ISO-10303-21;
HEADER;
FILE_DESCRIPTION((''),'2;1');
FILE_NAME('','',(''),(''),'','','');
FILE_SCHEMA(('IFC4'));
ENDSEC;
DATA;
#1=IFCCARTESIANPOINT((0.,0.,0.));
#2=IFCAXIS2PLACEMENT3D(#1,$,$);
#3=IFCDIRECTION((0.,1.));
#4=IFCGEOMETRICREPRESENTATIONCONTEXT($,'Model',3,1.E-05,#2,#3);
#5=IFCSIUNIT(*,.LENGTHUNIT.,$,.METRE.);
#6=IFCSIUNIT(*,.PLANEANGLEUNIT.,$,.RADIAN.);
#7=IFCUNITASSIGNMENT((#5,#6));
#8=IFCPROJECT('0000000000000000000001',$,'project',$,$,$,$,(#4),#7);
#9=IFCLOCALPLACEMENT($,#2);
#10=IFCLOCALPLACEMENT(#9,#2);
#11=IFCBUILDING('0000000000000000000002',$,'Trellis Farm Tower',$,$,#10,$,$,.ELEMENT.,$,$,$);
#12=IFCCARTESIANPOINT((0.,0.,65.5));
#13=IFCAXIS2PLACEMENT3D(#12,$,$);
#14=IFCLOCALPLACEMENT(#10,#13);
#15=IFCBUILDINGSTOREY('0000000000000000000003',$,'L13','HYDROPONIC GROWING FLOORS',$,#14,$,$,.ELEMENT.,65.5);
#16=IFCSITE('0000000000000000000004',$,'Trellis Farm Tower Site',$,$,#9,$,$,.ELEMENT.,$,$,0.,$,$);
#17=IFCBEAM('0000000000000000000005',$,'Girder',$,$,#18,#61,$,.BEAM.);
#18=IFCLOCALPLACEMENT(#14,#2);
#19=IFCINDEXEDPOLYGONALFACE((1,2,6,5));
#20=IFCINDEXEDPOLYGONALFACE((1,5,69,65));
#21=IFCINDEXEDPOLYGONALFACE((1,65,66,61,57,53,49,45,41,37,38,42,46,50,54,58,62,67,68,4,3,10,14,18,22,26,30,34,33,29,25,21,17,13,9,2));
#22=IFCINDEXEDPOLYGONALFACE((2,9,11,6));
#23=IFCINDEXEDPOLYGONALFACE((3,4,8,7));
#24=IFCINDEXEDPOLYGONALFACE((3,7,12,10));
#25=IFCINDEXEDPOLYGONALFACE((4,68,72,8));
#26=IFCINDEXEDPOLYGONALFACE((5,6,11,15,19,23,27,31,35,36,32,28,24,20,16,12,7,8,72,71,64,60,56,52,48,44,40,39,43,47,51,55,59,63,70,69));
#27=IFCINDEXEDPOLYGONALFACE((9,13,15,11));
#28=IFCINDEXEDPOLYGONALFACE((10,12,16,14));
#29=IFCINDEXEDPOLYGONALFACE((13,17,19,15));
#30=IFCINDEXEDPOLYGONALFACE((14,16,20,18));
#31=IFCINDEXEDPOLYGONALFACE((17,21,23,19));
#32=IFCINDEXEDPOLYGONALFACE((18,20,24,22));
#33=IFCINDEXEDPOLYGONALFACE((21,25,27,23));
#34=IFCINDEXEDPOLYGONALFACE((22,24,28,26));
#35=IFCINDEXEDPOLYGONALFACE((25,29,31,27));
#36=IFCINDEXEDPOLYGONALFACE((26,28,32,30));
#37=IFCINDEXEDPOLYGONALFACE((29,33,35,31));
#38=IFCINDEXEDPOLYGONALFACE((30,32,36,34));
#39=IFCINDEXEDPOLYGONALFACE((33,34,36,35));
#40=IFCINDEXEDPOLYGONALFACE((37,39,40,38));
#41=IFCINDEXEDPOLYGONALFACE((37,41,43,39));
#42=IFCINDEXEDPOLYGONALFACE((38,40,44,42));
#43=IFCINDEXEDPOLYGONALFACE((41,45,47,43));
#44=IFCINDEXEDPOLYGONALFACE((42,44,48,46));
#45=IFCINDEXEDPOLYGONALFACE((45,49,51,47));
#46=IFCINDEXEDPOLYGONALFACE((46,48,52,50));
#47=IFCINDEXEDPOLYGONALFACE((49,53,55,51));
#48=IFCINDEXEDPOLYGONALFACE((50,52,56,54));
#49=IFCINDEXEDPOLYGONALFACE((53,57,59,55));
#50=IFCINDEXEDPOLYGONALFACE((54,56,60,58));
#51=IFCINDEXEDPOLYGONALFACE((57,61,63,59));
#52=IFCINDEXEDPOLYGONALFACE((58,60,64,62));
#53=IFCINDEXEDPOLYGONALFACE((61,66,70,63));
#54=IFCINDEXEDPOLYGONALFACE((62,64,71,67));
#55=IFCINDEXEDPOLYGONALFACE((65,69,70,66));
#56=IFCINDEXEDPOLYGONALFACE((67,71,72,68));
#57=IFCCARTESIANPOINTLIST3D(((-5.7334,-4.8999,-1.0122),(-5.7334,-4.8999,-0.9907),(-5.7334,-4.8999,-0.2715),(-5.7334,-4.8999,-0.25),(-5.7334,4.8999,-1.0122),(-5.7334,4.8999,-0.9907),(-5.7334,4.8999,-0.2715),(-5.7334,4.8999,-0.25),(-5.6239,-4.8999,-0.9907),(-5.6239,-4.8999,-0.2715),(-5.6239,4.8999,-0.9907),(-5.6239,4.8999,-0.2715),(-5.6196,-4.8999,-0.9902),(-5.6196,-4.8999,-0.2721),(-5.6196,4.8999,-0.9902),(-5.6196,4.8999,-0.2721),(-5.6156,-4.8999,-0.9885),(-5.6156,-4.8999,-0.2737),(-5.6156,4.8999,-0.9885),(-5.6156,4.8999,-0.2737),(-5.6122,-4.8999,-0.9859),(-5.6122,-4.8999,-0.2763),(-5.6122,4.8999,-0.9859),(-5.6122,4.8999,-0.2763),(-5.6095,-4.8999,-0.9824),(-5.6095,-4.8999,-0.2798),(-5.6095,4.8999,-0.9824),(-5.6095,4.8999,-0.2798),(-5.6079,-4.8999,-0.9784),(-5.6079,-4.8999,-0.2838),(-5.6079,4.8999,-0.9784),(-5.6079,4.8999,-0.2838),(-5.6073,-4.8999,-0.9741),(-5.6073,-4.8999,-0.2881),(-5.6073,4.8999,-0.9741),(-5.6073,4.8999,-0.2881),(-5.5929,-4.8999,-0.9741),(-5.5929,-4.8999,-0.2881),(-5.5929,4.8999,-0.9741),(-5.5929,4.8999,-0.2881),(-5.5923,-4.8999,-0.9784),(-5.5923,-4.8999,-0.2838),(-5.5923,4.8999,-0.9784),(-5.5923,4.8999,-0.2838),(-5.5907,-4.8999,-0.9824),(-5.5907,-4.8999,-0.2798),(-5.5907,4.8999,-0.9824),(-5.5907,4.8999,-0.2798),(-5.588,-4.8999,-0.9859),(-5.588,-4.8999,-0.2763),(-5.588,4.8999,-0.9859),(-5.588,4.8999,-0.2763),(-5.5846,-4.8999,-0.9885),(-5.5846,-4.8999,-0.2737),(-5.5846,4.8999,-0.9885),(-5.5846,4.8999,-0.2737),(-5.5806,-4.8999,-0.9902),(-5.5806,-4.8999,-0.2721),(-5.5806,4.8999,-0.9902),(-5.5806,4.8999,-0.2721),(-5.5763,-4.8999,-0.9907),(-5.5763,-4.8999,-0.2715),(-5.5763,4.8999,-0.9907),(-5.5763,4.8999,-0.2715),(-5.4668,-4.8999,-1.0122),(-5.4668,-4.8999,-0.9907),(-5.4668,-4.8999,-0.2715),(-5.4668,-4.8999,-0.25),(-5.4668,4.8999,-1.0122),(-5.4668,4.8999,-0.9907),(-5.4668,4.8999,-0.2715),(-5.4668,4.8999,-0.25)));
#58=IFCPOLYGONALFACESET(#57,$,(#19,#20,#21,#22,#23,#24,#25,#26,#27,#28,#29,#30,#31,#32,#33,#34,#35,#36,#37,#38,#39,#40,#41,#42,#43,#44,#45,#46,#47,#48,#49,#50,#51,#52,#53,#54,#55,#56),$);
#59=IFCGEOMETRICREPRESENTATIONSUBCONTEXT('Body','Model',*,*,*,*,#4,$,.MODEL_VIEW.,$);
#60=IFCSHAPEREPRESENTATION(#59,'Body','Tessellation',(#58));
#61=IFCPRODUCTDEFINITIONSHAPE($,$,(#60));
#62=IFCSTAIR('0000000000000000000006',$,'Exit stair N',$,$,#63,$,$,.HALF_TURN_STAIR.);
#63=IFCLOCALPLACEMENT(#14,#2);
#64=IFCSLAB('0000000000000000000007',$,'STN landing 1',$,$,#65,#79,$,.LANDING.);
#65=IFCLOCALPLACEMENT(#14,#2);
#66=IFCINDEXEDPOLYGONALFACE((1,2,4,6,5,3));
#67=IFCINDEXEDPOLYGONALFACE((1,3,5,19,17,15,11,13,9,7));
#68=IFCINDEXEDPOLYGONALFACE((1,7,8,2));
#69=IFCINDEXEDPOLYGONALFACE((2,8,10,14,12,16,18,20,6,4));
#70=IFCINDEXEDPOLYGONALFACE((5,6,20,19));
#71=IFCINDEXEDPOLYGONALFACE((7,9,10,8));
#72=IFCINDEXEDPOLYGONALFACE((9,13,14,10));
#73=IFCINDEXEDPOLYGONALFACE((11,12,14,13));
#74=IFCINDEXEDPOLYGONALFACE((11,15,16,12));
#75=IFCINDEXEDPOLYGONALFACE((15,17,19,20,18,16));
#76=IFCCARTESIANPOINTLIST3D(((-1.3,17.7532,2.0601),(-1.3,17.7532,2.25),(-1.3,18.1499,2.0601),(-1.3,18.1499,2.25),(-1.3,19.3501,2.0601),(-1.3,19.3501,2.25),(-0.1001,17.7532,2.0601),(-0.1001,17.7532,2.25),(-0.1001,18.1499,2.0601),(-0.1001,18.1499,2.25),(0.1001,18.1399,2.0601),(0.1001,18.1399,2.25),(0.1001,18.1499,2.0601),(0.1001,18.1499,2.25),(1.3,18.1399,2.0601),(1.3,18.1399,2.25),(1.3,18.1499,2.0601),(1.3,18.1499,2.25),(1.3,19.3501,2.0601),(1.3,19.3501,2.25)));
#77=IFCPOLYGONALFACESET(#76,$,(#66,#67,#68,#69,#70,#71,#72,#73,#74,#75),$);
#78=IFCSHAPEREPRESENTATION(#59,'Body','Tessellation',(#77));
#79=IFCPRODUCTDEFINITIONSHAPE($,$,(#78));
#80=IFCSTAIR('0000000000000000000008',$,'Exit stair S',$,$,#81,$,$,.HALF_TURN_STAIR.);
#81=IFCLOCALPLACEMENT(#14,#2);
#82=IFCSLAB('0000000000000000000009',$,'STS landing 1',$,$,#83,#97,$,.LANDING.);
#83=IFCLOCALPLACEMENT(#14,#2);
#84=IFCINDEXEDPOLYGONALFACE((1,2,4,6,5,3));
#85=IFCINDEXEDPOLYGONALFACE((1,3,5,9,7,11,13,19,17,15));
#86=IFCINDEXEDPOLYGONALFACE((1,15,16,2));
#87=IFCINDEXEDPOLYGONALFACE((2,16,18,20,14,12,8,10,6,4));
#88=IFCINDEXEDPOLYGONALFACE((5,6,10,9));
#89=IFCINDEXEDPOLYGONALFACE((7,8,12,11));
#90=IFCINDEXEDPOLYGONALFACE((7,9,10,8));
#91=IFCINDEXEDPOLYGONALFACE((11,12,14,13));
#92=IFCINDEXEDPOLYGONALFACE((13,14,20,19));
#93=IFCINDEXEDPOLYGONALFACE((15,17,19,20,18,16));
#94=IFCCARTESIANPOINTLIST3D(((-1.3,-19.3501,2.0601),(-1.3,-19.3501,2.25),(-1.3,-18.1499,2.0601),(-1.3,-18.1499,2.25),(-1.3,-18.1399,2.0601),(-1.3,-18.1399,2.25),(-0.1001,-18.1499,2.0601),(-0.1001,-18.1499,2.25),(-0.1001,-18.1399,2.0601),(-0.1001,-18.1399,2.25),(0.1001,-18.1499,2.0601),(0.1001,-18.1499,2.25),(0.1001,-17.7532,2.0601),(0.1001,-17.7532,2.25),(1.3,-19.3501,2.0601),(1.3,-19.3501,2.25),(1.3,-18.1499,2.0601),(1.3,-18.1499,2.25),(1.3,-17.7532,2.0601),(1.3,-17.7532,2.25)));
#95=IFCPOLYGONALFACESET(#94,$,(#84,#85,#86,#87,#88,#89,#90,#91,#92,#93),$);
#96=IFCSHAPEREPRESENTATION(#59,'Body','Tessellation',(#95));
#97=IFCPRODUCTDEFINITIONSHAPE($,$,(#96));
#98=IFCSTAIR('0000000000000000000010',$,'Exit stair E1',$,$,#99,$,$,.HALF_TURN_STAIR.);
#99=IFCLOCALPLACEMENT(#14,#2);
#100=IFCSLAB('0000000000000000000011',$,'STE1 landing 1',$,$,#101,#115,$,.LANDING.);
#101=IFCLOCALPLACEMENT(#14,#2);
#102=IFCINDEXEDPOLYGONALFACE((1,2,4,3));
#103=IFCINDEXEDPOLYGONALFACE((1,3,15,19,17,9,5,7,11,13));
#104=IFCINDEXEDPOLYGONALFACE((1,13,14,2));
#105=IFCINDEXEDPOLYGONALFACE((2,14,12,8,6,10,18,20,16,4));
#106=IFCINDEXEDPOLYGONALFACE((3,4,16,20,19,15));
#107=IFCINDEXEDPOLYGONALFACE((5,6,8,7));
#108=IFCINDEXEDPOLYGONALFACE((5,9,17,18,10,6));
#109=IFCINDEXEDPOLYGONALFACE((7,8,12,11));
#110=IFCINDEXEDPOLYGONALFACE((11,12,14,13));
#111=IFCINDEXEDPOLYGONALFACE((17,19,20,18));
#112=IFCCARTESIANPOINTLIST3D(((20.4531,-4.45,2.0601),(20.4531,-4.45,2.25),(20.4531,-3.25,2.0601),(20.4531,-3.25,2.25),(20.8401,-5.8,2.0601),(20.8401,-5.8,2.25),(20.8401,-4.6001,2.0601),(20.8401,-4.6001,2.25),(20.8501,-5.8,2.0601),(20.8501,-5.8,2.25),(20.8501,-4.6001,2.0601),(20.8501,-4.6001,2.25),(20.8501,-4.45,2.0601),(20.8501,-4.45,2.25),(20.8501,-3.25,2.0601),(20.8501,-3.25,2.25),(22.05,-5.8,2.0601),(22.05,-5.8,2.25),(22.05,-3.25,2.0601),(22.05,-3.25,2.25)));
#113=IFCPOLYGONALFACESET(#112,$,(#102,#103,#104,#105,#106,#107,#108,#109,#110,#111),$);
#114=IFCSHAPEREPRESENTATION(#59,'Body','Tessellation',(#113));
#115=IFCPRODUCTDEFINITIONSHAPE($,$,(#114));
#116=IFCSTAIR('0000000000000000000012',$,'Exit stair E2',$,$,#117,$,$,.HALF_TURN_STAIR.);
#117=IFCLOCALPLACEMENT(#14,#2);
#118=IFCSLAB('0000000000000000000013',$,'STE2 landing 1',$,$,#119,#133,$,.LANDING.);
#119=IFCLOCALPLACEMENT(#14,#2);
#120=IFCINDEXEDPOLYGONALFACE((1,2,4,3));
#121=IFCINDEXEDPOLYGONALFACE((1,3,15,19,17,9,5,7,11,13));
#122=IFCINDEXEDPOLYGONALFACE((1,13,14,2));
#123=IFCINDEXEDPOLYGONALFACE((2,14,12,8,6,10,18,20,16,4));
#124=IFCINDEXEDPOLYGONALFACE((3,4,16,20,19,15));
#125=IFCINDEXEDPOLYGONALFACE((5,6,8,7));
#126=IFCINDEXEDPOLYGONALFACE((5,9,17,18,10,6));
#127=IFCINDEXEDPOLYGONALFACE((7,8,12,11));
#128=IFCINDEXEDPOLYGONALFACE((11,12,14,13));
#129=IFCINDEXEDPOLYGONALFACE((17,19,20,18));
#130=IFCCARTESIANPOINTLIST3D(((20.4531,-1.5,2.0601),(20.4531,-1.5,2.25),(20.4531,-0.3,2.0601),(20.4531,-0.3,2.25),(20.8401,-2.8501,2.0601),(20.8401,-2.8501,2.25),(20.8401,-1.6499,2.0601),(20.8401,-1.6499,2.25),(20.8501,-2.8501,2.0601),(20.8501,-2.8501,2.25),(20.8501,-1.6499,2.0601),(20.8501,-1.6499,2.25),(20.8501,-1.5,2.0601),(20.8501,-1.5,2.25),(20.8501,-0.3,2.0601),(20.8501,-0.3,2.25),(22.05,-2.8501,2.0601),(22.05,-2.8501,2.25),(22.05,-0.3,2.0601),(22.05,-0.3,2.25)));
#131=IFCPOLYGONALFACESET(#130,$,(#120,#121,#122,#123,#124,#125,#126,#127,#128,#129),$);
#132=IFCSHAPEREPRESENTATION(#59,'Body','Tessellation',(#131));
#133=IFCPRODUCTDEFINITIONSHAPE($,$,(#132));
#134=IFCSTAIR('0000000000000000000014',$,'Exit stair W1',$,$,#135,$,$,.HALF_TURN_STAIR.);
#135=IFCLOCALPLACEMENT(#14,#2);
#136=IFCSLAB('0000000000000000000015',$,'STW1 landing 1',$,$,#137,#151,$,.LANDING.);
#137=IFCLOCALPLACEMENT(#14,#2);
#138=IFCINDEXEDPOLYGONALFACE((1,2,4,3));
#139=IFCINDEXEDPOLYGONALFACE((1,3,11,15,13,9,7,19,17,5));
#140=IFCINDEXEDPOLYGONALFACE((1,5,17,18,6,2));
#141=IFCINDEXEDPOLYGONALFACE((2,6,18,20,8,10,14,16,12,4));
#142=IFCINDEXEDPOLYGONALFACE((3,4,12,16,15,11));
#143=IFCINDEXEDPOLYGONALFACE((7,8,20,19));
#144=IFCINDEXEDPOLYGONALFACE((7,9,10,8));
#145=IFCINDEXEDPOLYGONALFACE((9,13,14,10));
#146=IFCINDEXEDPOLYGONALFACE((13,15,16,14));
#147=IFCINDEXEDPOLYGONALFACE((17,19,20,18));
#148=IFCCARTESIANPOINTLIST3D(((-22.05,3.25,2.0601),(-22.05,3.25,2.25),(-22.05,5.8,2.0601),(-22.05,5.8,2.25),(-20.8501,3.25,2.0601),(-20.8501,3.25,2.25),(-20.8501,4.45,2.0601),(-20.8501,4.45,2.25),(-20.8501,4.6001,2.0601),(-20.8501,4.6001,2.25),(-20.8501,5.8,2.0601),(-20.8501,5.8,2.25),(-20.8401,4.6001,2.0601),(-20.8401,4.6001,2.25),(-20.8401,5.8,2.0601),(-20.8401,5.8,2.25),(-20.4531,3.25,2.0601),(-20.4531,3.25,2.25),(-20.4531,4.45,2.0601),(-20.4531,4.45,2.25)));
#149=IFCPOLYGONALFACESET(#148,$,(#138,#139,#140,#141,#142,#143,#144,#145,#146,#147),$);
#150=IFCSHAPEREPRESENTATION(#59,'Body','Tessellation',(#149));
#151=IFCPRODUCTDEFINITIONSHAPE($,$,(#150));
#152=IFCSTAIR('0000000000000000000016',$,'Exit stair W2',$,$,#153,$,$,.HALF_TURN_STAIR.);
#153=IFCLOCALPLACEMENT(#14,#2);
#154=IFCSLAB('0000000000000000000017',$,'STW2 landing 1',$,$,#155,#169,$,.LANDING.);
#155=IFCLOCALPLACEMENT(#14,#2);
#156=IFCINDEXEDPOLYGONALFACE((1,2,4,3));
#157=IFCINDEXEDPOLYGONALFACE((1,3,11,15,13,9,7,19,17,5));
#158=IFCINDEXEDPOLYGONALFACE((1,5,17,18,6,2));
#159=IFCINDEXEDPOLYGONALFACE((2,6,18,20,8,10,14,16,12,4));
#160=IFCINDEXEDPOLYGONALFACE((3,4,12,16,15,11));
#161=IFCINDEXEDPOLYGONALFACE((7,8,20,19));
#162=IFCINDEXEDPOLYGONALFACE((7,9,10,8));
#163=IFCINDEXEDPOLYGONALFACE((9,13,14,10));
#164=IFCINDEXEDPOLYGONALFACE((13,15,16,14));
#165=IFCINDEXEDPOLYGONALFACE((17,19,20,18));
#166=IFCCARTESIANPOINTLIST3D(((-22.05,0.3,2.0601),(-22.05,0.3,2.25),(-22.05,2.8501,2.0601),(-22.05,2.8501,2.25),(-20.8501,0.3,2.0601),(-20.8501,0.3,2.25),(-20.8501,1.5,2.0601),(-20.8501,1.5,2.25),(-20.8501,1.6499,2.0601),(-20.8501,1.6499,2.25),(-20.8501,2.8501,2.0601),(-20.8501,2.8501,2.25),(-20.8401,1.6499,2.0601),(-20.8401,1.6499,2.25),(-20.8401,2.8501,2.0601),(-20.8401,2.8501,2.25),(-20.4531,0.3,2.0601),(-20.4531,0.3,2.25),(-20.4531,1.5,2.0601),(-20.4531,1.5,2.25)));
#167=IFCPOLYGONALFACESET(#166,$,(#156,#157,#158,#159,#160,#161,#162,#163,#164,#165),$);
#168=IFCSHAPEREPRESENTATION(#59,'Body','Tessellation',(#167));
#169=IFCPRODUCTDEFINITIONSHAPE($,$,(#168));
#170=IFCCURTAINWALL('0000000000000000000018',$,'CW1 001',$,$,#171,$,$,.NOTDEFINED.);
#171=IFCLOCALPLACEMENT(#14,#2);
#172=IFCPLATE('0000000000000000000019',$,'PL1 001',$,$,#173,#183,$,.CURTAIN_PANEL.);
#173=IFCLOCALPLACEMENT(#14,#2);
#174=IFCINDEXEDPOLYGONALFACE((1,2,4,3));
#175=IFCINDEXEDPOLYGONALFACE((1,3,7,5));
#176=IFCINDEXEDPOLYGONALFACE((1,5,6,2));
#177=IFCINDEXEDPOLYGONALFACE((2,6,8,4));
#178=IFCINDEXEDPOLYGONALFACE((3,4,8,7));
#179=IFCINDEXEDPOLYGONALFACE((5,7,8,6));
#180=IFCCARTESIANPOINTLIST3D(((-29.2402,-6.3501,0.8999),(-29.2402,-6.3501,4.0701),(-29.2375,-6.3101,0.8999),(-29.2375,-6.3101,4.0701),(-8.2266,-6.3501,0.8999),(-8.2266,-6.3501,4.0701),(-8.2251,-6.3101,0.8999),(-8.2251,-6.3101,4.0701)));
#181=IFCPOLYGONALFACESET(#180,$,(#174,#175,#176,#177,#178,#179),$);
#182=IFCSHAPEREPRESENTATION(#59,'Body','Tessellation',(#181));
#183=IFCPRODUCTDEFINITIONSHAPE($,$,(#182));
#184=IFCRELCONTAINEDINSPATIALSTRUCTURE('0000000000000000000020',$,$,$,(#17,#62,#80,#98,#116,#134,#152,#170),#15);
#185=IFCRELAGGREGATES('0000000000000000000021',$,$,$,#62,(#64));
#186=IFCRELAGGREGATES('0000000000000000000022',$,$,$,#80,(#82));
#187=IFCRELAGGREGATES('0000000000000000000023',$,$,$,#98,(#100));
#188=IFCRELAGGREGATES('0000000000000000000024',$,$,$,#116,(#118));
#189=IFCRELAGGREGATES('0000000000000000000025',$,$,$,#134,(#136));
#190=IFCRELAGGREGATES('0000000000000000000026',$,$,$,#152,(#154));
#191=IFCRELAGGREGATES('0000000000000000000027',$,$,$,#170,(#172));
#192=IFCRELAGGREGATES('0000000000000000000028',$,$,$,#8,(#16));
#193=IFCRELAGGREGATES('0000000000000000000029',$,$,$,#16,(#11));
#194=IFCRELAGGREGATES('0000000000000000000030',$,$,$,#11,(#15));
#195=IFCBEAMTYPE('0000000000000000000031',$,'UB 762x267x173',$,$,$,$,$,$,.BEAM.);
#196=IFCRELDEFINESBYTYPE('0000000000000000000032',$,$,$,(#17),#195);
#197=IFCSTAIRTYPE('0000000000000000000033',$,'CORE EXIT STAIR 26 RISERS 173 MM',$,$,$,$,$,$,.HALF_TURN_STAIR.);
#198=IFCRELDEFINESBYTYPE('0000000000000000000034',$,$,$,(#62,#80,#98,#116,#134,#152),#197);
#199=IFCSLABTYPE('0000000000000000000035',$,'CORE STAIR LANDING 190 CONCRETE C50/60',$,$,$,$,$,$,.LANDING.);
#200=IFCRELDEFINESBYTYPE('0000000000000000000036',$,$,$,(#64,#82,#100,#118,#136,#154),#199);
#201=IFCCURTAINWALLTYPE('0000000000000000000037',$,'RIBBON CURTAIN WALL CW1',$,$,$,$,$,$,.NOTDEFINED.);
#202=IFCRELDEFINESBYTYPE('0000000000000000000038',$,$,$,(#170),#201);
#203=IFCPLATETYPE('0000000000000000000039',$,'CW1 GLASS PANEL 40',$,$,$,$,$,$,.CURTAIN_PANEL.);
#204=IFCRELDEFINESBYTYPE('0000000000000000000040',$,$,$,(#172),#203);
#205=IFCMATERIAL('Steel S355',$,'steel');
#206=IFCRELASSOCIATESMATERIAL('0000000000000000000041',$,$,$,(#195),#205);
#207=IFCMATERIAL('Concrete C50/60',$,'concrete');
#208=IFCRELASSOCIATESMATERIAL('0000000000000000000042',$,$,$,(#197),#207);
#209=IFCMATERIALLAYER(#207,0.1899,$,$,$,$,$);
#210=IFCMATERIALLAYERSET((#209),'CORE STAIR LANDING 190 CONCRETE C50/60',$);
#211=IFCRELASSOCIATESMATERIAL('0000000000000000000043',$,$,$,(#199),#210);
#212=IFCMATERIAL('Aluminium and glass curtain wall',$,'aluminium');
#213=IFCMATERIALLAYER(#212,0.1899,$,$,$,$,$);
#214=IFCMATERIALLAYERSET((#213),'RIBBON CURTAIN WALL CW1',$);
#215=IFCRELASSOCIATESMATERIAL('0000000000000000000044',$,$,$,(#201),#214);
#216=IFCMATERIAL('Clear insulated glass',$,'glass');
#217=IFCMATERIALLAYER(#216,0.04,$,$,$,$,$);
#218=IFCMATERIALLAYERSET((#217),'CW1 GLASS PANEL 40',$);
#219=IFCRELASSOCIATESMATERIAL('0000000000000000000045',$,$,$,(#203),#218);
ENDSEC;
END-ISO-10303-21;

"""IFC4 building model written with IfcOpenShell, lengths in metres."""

from ifc_helpers import new_model, si_unit, direction, frame, origin, origin_2d, place, context, subcontext, project, spatial, polyline, i_section, outline, extrude, source, transform, mapped, material, layer, layer_set, material_profile, profile_set, type_object, element, aggregate, save


model = new_model("IFC4")

# Units and contexts
model_context = context("Model", 3, precision=1e-05, world=origin(), true_north=direction((0.0, 1.0)))
body_context = subcontext(model_context, "Body", "Model", "MODEL_VIEW")
ifc_project = project(units=[si_unit("LENGTHUNIT", "METRE"), si_unit("PLANEANGLEUNIT", "RADIAN")], contexts=[model_context])

# Site, building, storey
site_placement = place(None, origin())
site = spatial("IfcSite", under=ifc_project, at=site_placement, Name="Trellis Farm Tower Site", CompositionType="ELEMENT", RefElevation=0.0)
building_placement = place(site_placement, origin())
building = spatial("IfcBuilding", under=site, at=building_placement, Name="Trellis Farm Tower", CompositionType="ELEMENT")
storey_placement = place(building_placement, frame((0.0, 0.0, 65.5)))
storey = spatial("IfcBuildingStorey", under=building, at=storey_placement, Name="L13", Description="HYDROPONIC GROWING FLOORS", CompositionType="ELEMENT", Elevation=65.5)

# Beam
ifc_material_1 = material(Name="Steel S355", Category="steel")
ifc_material_profile_1 = material_profile(ifc_material_1, i_section(OverallWidth=0.2666, OverallDepth=0.7622, WebThickness=0.0144, FlangeThickness=0.0215, FilletRadius=0.0166, at=origin_2d()), Name="UB 762x267x173")
ifc_profile_set_1 = profile_set([ifc_material_profile_1], Name="Steel S355")
beam_type_1 = type_object("IfcBeamType", Name="UB 762x267x173", PredefinedType="BEAM", material=ifc_profile_set_1)
shared_shape_1 = source(origin(), body_context, "Body", "SweptSolid", [
    extrude(i_section(OverallWidth=0.2666, OverallDepth=0.7622, WebThickness=0.0144, FlangeThickness=0.0215, FilletRadius=0.0166, at=origin_2d()), origin(), (0.0, 0.0, 1.0), 9.7998),
])
for number, where, z_axis, x_axis, name in (
    (1, (-5.6001, -4.8999, -0.6311), (0.0, 1.0, 0.0), (-1.0, 0.0, 0.0), "Girder"),
):
    element("IfcBeam", number, at=place(storey_placement, frame(where, z_axis=z_axis, x_axis=x_axis)), inside=storey, type_object=beam_type_1, Name=name, PredefinedType="BEAM", context=body_context, shape_type="MappedRepresentation", body=[
        mapped(shared_shape_1, transform((0.0, 0.0, 0.0))),
    ])

# Stairs, slabs
ifc_material_2 = material(Name="Concrete C50/60", Category="concrete")
stair_type = type_object("IfcStairType", Name="CORE EXIT STAIR 26 RISERS 173 MM", PredefinedType="HALF_TURN_STAIR", material=ifc_material_2)
placement_1 = place(storey_placement, origin())
stair_1 = element("IfcStair", 2, at=placement_1, inside=storey, type_object=stair_type, Name="Exit stair N", PredefinedType="HALF_TURN_STAIR")
ifc_layer_1 = layer(ifc_material_2, 0.1899)
ifc_layer_set_1 = layer_set([ifc_layer_1], Name="CORE STAIR LANDING 190 CONCRETE C50/60")
slab_type_1 = type_object("IfcSlabType", Name="CORE STAIR LANDING 190 CONCRETE C50/60", PredefinedType="LANDING", material=ifc_layer_set_1)
shared_shape_2 = source(origin(), body_context, "Body", "SweptSolid", [
    extrude(outline(polyline([(-0.1001, 17.7532), (-1.3, 17.7532), (-1.3, 18.1499), (-1.3, 19.3501), (1.3, 19.3501), (1.3, 18.1499), (1.3, 18.1399), (0.1001, 18.1399), (0.1001, 18.1499), (-0.1001, 18.1499), (-0.1001, 17.7532)])), origin(), (0.0, 0.0, 1.0), 0.1899),
])
placement_2 = place(storey_placement, frame((0.0, 0.0, 2.0601)))
slab_1 = element("IfcSlab", 3, at=placement_2, type_object=slab_type_1, Name="STN landing 1", PredefinedType="LANDING", context=body_context, shape_type="MappedRepresentation", body=[
    mapped(shared_shape_2, transform((0.0, 0.0, 0.0))),
])
aggregate(stair_1, [slab_1])
stair_2 = element("IfcStair", 4, at=placement_1, inside=storey, type_object=stair_type, Name="Exit stair S", PredefinedType="HALF_TURN_STAIR")
shared_shape_3 = source(origin(), body_context, "Body", "SweptSolid", [
    extrude(outline(polyline([(1.3, -19.3501), (-1.3, -19.3501), (-1.3, -18.1499), (-1.3, -18.1399), (-0.1001, -18.1399), (-0.1001, -18.1499), (0.1001, -18.1499), (0.1001, -17.7532), (1.3, -17.7532), (1.3, -18.1499), (1.3, -19.3501)])), origin(), (0.0, 0.0, 1.0), 0.1899),
])
slab_2 = element("IfcSlab", 5, at=placement_2, type_object=slab_type_1, Name="STS landing 1", PredefinedType="LANDING", context=body_context, shape_type="MappedRepresentation", body=[
    mapped(shared_shape_3, transform((0.0, 0.0, 0.0))),
])
aggregate(stair_2, [slab_2])
stair_3 = element("IfcStair", 6, at=placement_1, inside=storey, type_object=stair_type, Name="Exit stair E1", PredefinedType="HALF_TURN_STAIR")
shared_shape_4 = source(origin(), body_context, "Body", "SweptSolid", [
    extrude(outline(polyline([(20.8401, -5.8), (20.8401, -4.6001), (20.8501, -4.6001), (20.8501, -4.45), (20.4531, -4.45), (20.4531, -3.25), (20.8501, -3.25), (22.05, -3.25), (22.05, -5.8), (20.8501, -5.8), (20.8401, -5.8)])), origin(), (0.0, 0.0, 1.0), 0.1899),
])
slab_3 = element("IfcSlab", 7, at=placement_2, type_object=slab_type_1, Name="STE1 landing 1", PredefinedType="LANDING", context=body_context, shape_type="MappedRepresentation", body=[
    mapped(shared_shape_4, transform((0.0, 0.0, 0.0))),
])
aggregate(stair_3, [slab_3])
stair_4 = element("IfcStair", 8, at=placement_1, inside=storey, type_object=stair_type, Name="Exit stair E2", PredefinedType="HALF_TURN_STAIR")
shared_shape_5 = source(origin(), body_context, "Body", "SweptSolid", [
    extrude(outline(polyline([(20.8401, -2.8501), (20.8401, -1.6499), (20.8501, -1.6499), (20.8501, -1.5), (20.4531, -1.5), (20.4531, -0.3), (20.8501, -0.3), (22.05, -0.3), (22.05, -2.8501), (20.8501, -2.8501), (20.8401, -2.8501)])), origin(), (0.0, 0.0, 1.0), 0.1899),
])
slab_4 = element("IfcSlab", 9, at=placement_2, type_object=slab_type_1, Name="STE2 landing 1", PredefinedType="LANDING", context=body_context, shape_type="MappedRepresentation", body=[
    mapped(shared_shape_5, transform((0.0, 0.0, 0.0))),
])
aggregate(stair_4, [slab_4])
stair_5 = element("IfcStair", 10, at=placement_1, inside=storey, type_object=stair_type, Name="Exit stair W1", PredefinedType="HALF_TURN_STAIR")
shared_shape_6 = source(origin(), body_context, "Body", "SweptSolid", [
    extrude(outline(polyline([(-20.4531, 4.45), (-20.4531, 3.25), (-20.8501, 3.25), (-22.05, 3.25), (-22.05, 5.8), (-20.8501, 5.8), (-20.8401, 5.8), (-20.8401, 4.6001), (-20.8501, 4.6001), (-20.8501, 4.45), (-20.4531, 4.45)])), origin(), (0.0, 0.0, 1.0), 0.1899),
])
slab_5 = element("IfcSlab", 11, at=placement_2, type_object=slab_type_1, Name="STW1 landing 1", PredefinedType="LANDING", context=body_context, shape_type="MappedRepresentation", body=[
    mapped(shared_shape_6, transform((0.0, 0.0, 0.0))),
])
aggregate(stair_5, [slab_5])
stair_6 = element("IfcStair", 12, at=placement_1, inside=storey, type_object=stair_type, Name="Exit stair W2", PredefinedType="HALF_TURN_STAIR")
shared_shape_7 = source(origin(), body_context, "Body", "SweptSolid", [
    extrude(outline(polyline([(-20.4531, 1.5), (-20.4531, 0.3), (-20.8501, 0.3), (-22.05, 0.3), (-22.05, 2.8501), (-20.8501, 2.8501), (-20.8401, 2.8501), (-20.8401, 1.6499), (-20.8501, 1.6499), (-20.8501, 1.5), (-20.4531, 1.5)])), origin(), (0.0, 0.0, 1.0), 0.1899),
])
slab_6 = element("IfcSlab", 13, at=placement_2, type_object=slab_type_1, Name="STW2 landing 1", PredefinedType="LANDING", context=body_context, shape_type="MappedRepresentation", body=[
    mapped(shared_shape_7, transform((0.0, 0.0, 0.0))),
])
aggregate(stair_6, [slab_6])

# Curtain wall, plate
ifc_material_3 = material(Name="Aluminium and glass curtain wall", Category="aluminium")
ifc_layer_2 = layer(ifc_material_3, 0.1899)
ifc_layer_set_2 = layer_set([ifc_layer_2], Name="RIBBON CURTAIN WALL CW1")
curtain_wall_type = type_object("IfcCurtainWallType", Name="RIBBON CURTAIN WALL CW1", PredefinedType="NOTDEFINED", material=ifc_layer_set_2)
curtain_wall = element("IfcCurtainWall", 14, at=placement_1, inside=storey, type_object=curtain_wall_type, Name="CW1 001", PredefinedType="NOTDEFINED")
ifc_material_4 = material(Name="Clear insulated glass", Category="glass")
ifc_layer_3 = layer(ifc_material_4, 0.04)
ifc_layer_set_3 = layer_set([ifc_layer_3], Name="CW1 GLASS PANEL 40")
plate_type = type_object("IfcPlateType", Name="CW1 GLASS PANEL 40", PredefinedType="CURTAIN_PANEL", material=ifc_layer_set_3)
shared_shape_8 = source(origin(), body_context, "Body", "SweptSolid", [
    extrude(outline(polyline([(-29.2402, -6.3501), (-8.2266, -6.3501), (-8.2251, -6.3101), (-29.2375, -6.3101), (-29.2402, -6.3501)])), origin(), (0.0, 0.0, 1.0), 3.1702),
])
plate_placement = place(storey_placement, frame((0.0, 0.0, 0.8999)))
plate = element("IfcPlate", 15, at=plate_placement, type_object=plate_type, Name="PL1 001", PredefinedType="CURTAIN_PANEL", context=body_context, shape_type="MappedRepresentation", body=[
    mapped(shared_shape_8, transform((0.0, 0.0, 0.0))),
])
aggregate(curtain_wall, [plate])

save(model, "model.ifc")
